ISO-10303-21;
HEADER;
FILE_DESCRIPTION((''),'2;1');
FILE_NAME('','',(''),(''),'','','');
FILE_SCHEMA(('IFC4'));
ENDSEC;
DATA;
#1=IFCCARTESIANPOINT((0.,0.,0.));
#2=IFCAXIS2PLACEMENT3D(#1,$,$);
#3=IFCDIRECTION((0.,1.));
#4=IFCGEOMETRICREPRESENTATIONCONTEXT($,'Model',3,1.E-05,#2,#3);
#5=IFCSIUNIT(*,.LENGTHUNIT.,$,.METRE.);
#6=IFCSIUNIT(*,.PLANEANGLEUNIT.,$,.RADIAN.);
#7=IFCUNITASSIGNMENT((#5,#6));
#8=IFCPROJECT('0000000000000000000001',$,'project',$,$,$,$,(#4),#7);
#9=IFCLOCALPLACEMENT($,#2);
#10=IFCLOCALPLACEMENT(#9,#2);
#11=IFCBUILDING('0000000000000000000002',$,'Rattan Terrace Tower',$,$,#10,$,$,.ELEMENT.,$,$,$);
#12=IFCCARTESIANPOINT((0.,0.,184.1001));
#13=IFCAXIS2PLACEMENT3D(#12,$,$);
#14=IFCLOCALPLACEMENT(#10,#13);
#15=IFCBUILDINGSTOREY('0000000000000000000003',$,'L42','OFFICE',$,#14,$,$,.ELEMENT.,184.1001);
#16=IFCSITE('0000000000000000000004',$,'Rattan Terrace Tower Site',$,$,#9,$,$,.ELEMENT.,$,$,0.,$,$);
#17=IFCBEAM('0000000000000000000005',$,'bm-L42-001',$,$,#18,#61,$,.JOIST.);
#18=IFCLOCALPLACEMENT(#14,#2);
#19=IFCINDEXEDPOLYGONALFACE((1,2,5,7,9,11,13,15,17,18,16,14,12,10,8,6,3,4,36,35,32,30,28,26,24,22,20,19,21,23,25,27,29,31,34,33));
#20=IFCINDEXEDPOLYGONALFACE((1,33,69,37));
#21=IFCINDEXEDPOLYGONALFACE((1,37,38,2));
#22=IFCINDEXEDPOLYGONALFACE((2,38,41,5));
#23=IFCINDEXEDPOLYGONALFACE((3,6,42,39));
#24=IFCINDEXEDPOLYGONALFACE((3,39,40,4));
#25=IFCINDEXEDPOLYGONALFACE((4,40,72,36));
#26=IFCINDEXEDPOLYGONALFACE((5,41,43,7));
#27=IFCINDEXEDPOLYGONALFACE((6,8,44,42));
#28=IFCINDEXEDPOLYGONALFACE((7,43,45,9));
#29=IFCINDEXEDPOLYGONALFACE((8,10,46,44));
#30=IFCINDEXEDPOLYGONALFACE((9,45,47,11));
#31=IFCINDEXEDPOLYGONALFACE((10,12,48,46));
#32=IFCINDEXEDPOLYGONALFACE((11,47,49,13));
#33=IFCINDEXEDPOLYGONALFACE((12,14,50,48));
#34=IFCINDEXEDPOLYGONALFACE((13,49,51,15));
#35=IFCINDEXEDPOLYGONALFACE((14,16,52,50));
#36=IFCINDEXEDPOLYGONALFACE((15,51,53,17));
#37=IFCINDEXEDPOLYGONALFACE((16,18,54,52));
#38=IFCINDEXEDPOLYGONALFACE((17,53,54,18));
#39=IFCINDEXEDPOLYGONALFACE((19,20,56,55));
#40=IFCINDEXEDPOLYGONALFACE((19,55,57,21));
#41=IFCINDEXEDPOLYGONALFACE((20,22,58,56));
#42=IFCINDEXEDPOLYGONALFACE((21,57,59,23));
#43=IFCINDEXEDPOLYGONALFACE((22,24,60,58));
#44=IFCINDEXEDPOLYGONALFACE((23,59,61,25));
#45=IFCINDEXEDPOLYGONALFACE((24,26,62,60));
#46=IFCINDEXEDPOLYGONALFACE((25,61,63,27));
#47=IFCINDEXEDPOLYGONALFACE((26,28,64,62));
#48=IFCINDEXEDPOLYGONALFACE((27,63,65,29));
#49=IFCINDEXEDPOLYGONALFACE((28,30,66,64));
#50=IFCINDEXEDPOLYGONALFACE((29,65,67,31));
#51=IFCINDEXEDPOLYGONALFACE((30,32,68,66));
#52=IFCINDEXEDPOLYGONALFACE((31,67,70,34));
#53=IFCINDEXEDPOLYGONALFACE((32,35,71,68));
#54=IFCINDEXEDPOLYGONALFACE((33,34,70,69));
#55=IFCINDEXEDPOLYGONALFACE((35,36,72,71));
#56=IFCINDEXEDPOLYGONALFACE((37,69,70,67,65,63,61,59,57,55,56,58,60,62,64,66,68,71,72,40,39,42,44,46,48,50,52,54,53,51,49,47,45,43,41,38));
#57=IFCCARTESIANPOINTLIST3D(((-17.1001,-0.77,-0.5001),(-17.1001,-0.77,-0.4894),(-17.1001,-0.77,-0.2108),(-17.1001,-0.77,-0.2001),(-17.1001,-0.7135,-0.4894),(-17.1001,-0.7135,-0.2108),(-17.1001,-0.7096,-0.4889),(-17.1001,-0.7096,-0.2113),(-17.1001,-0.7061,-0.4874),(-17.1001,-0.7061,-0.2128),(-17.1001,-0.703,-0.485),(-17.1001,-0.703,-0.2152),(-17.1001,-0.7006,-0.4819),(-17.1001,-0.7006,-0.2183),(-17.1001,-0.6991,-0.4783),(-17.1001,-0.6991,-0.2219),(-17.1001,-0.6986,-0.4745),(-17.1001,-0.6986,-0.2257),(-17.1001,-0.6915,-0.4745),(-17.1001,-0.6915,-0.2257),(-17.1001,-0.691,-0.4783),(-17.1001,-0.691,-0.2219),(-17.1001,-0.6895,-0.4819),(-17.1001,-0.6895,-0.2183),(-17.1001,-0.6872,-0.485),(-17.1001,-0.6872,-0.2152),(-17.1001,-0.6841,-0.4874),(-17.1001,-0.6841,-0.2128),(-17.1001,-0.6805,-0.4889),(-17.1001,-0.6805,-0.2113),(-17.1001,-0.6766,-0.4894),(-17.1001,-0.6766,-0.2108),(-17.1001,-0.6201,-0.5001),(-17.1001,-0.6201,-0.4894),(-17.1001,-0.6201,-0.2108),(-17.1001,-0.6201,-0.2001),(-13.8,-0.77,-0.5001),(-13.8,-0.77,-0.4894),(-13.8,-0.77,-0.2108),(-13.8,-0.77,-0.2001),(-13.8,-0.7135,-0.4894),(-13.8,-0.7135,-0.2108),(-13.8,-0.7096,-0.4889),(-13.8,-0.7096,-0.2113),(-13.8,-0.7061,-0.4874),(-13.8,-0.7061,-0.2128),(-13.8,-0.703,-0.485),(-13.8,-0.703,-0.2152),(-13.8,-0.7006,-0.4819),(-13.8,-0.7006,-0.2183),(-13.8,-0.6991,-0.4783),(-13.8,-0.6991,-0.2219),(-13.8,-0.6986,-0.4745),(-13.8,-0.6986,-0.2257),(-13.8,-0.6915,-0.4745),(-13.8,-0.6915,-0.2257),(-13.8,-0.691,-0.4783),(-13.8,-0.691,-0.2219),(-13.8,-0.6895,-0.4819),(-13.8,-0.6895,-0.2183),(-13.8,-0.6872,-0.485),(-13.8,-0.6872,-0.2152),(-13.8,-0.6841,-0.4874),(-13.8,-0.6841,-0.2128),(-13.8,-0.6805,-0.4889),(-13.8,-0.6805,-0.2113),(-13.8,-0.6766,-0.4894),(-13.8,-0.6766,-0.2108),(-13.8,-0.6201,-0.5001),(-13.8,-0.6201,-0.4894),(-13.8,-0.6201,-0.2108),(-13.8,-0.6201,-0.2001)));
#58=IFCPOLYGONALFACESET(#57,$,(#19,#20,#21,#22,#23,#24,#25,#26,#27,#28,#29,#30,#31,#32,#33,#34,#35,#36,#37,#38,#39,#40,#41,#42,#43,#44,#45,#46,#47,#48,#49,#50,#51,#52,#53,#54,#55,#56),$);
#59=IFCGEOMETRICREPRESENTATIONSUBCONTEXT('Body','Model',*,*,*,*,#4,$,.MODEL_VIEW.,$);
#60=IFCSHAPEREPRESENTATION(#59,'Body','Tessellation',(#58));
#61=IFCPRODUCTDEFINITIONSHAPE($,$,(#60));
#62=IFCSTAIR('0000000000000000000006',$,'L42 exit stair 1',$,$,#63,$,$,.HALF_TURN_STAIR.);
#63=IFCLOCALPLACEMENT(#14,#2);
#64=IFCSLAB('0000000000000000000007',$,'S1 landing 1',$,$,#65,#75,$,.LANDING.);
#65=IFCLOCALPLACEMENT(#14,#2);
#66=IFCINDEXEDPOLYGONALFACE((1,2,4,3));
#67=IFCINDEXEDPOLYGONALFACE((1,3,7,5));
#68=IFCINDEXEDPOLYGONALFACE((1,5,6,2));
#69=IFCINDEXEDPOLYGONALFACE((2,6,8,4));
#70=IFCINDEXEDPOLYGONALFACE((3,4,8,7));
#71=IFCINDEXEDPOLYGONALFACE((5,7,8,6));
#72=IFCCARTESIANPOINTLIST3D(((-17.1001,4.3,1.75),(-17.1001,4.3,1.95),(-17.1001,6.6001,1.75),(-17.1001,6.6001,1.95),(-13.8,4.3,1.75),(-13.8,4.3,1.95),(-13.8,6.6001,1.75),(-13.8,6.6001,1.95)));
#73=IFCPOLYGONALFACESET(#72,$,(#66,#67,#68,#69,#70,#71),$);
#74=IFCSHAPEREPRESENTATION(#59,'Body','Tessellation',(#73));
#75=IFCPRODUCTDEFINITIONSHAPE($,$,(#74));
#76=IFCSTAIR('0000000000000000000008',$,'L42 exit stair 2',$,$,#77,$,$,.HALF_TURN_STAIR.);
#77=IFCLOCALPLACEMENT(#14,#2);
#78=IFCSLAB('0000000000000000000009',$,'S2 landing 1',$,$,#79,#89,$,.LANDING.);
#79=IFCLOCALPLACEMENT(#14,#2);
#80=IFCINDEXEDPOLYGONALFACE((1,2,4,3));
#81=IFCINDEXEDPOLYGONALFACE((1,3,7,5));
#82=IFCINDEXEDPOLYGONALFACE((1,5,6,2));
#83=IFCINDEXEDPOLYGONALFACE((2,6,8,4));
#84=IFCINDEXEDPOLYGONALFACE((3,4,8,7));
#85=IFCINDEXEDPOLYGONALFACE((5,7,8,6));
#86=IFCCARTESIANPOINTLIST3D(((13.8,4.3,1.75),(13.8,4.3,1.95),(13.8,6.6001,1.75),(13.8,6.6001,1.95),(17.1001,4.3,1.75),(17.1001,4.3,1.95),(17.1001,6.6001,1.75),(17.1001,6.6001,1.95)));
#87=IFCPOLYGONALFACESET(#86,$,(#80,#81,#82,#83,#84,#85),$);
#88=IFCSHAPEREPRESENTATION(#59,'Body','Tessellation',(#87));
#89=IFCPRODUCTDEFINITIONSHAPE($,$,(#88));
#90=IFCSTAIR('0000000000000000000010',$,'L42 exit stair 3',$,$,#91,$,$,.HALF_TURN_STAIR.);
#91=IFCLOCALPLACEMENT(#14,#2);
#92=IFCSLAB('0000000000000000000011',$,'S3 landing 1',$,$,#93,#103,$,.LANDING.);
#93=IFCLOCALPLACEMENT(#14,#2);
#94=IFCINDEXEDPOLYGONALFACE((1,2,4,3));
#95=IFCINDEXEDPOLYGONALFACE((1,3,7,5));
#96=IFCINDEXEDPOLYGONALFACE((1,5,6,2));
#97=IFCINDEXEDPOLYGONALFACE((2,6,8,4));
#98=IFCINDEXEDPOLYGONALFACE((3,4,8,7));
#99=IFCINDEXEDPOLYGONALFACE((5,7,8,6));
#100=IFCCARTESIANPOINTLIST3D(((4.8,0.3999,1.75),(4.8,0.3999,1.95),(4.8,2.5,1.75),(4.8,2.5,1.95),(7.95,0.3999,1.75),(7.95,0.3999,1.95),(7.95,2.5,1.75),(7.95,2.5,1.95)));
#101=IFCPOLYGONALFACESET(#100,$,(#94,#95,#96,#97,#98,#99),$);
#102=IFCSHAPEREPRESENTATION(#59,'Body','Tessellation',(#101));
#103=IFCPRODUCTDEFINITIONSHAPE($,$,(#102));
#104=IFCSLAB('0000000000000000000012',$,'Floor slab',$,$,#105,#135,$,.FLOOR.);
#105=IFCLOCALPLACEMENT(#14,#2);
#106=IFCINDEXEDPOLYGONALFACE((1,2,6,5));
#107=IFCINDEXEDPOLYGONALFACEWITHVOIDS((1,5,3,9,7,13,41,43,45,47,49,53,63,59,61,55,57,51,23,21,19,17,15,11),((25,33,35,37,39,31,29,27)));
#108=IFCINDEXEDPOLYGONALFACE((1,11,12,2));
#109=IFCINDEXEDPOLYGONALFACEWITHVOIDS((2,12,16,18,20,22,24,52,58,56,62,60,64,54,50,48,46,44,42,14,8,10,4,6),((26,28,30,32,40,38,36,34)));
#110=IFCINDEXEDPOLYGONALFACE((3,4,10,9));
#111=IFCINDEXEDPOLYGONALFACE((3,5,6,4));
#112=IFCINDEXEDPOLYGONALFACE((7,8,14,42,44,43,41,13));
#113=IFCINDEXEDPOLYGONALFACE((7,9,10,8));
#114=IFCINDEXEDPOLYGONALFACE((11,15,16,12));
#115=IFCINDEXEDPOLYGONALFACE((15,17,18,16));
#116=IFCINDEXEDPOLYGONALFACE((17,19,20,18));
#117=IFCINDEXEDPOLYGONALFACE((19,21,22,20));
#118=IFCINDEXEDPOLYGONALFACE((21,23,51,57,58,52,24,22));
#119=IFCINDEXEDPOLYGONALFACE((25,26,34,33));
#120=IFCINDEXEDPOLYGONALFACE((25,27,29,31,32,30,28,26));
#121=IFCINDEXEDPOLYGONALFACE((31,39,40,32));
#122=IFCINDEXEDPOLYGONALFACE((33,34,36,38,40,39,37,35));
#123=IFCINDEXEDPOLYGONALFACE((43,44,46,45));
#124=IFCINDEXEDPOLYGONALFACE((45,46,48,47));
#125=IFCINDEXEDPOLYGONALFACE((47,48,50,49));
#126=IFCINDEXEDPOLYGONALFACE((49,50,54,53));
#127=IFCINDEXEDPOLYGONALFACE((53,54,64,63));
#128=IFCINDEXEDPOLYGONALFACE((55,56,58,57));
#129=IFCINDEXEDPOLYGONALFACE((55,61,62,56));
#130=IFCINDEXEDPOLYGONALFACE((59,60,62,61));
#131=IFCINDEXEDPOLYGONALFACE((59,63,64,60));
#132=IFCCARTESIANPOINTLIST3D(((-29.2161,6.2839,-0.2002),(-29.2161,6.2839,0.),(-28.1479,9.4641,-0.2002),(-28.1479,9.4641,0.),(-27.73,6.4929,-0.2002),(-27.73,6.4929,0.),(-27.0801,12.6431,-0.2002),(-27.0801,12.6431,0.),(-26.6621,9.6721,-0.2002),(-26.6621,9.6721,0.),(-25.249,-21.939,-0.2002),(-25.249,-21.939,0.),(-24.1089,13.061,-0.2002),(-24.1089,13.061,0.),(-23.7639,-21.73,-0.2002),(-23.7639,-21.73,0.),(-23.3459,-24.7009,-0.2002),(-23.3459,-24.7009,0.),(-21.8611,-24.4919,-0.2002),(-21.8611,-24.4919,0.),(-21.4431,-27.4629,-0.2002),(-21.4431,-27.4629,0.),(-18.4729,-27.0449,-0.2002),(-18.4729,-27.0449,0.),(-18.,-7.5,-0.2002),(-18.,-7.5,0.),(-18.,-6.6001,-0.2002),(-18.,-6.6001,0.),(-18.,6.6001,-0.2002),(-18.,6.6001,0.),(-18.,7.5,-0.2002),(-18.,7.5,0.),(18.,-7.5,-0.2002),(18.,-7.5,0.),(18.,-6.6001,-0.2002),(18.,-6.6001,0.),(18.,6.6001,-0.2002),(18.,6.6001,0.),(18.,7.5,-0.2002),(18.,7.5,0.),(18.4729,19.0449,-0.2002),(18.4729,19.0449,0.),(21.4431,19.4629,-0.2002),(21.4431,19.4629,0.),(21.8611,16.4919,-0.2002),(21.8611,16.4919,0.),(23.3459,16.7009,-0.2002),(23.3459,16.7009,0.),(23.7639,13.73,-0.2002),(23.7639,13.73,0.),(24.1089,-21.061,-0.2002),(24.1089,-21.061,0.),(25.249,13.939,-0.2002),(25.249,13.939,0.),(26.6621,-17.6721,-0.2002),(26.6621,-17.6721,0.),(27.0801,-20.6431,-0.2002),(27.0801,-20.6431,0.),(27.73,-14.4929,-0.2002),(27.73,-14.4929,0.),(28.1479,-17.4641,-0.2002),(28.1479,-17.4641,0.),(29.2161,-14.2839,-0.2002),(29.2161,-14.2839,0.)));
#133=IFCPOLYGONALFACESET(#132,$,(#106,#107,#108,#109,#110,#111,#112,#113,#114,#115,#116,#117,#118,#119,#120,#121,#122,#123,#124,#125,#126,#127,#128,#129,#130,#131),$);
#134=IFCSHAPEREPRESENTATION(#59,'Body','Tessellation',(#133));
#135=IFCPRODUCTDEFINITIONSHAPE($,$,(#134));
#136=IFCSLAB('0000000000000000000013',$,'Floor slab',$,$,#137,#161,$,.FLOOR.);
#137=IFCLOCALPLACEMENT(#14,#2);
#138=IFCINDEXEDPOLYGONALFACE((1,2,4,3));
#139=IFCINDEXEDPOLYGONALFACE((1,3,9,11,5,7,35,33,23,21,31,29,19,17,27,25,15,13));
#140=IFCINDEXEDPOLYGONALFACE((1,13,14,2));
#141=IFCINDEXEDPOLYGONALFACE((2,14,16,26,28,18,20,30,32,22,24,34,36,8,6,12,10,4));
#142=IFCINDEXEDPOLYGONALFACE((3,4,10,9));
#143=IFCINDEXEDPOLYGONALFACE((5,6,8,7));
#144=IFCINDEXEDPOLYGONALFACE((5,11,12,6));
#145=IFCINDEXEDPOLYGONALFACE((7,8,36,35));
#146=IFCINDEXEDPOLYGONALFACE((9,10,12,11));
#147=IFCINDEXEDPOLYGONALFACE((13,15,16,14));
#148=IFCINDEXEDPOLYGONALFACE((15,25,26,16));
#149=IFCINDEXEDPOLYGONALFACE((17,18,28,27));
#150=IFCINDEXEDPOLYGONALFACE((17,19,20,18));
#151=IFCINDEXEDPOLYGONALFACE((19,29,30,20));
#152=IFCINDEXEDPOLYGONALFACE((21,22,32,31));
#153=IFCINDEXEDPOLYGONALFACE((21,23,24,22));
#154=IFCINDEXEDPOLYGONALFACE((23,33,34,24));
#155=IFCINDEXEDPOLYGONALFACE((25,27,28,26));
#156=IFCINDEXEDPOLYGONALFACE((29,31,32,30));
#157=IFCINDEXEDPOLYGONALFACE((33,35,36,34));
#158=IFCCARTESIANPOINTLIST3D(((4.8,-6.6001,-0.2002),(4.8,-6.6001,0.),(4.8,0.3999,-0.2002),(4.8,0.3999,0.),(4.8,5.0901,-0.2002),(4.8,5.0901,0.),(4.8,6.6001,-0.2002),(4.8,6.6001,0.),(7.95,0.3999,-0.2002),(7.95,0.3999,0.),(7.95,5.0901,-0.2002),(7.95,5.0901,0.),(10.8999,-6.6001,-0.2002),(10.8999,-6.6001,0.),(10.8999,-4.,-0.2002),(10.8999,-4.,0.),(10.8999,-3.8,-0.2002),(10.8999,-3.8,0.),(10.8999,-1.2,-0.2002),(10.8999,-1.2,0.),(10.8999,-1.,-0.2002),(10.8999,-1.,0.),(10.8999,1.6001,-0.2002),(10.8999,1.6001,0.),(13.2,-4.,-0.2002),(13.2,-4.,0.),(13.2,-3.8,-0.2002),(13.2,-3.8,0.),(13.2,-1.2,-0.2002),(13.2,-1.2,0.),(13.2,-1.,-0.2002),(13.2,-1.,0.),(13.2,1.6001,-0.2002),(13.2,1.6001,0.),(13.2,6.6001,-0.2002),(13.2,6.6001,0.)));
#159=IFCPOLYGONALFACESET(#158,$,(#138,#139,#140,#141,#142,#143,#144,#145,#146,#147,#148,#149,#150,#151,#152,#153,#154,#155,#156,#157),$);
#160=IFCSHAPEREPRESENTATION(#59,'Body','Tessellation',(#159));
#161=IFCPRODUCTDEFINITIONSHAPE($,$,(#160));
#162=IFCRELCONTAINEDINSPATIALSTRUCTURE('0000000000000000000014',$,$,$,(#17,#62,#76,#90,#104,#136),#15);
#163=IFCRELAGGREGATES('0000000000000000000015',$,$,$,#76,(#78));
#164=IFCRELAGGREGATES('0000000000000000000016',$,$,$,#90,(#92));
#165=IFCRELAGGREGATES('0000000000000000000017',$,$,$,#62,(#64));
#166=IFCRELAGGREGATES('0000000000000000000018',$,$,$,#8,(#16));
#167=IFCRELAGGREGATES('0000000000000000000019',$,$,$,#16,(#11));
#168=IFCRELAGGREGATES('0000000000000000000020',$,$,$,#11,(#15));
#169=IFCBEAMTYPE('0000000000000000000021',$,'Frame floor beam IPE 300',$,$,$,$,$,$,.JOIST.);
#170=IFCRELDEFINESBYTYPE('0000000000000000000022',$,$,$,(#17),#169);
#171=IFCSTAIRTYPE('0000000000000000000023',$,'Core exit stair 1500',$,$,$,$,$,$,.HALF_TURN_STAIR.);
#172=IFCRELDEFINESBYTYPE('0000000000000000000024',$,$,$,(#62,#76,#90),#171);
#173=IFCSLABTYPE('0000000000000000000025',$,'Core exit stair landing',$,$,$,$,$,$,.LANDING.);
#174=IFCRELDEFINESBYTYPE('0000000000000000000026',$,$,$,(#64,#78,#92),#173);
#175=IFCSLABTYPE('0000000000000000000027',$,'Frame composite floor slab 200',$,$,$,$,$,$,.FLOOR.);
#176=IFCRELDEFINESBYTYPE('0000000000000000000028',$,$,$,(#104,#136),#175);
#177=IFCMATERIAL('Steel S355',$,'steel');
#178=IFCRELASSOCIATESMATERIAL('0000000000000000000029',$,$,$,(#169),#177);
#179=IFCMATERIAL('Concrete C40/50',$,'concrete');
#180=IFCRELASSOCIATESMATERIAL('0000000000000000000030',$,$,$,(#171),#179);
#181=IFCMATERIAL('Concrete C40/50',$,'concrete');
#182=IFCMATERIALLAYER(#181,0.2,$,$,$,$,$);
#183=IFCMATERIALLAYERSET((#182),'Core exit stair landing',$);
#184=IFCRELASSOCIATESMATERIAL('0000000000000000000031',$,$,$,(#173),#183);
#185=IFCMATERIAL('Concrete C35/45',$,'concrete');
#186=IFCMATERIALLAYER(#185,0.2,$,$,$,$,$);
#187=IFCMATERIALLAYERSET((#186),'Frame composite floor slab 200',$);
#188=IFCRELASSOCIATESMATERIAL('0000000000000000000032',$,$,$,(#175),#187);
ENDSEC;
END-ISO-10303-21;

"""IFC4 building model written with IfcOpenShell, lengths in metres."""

from ifc_helpers import new_model, si_unit, direction, frame, origin, origin_2d, place, context, subcontext, project, spatial, polyline, i_section, outline, extrude, material, layer, layer_set, material_profile, profile_set, type_object, element, aggregate, save


model = new_model("IFC4")

# Units and contexts
model_context = context("Model", 3, precision=1e-05, world=origin(), true_north=direction((0.0, 1.0)))
body_context = subcontext(model_context, "Body", "Model", "MODEL_VIEW")
ifc_project = project(units=[si_unit("LENGTHUNIT", "METRE"), si_unit("PLANEANGLEUNIT", "RADIAN")], contexts=[model_context])

# Site, building, storey
site_placement = place(None, origin())
site = spatial("IfcSite", under=ifc_project, at=site_placement, Name="Rattan Terrace Tower Site", CompositionType="ELEMENT", RefElevation=0.0)
building_placement = place(site_placement, origin())
building = spatial("IfcBuilding", under=site, at=building_placement, Name="Rattan Terrace Tower", CompositionType="ELEMENT")
storey_placement = place(building_placement, frame((0.0, 0.0, 184.1001)))
storey = spatial("IfcBuildingStorey", under=building, at=storey_placement, Name="L42", Description="OFFICE", CompositionType="ELEMENT", Elevation=184.1001)

# Beam
ifc_material_1 = material(Name="Steel S355", Category="steel")
ifc_material_profile = material_profile(ifc_material_1, i_section(OverallWidth=0.1499, OverallDepth=0.3, WebThickness=0.0071, FlangeThickness=0.0107, FilletRadius=0.0149, at=origin_2d()), Name="IPE 300")
ifc_profile_set = profile_set([ifc_material_profile], Name="Steel S355")
beam_type = type_object("IfcBeamType", Name="Frame floor beam IPE 300", PredefinedType="JOIST", material=ifc_profile_set)
beam_placement = place(storey_placement, frame((-17.1001, -0.6951, -0.3501), z_axis=(1.0, 0.0, 0.0), x_axis=(0.0, 1.0, 0.0)))
element("IfcBeam", 1, at=beam_placement, inside=storey, type_object=beam_type, Name="bm-L42-001", PredefinedType="JOIST", context=body_context, shape_type="SweptSolid", body=[
    extrude(i_section(OverallWidth=0.1499, OverallDepth=0.3, WebThickness=0.0071, FlangeThickness=0.0107, FilletRadius=0.0149, at=origin_2d()), origin(), (0.0, 0.0, 1.0), 3.3),
])

# Stairs, slabs
ifc_material_2 = material(Name="Concrete C40/50", Category="concrete")
stair_type = type_object("IfcStairType", Name="Core exit stair 1500", PredefinedType="HALF_TURN_STAIR", material=ifc_material_2)
stair_1_placement = place(storey_placement, origin())
stair_1 = element("IfcStair", 2, at=stair_1_placement, inside=storey, type_object=stair_type, Name="L42 exit stair 1", PredefinedType="HALF_TURN_STAIR")
ifc_material_3 = material(Name="Concrete C40/50", Category="concrete")
ifc_layer_1 = layer(ifc_material_3, 0.2)
ifc_layer_set_1 = layer_set([ifc_layer_1], Name="Core exit stair landing")
slab_type_1 = type_object("IfcSlabType", Name="Core exit stair landing", PredefinedType="LANDING", material=ifc_layer_set_1)
slab_1_placement = place(storey_placement, frame((0.0, 0.0, 1.75)))
slab_1 = element("IfcSlab", 3, at=slab_1_placement, type_object=slab_type_1, Name="S1 landing 1", PredefinedType="LANDING", context=body_context, shape_type="SweptSolid", body=[
    extrude(outline(polyline([(-13.8, 4.3), (-13.8, 6.6001), (-17.1001, 6.6001), (-17.1001, 4.3), (-13.8, 4.3)])), origin(), (0.0, 0.0, 1.0), 0.2),
])
stair_2_placement = place(storey_placement, origin())
stair_2 = element("IfcStair", 4, at=stair_2_placement, inside=storey, type_object=stair_type, Name="L42 exit stair 2", PredefinedType="HALF_TURN_STAIR")
slab_2_placement = place(storey_placement, frame((0.0, 0.0, 1.75)))
slab_2 = element("IfcSlab", 5, at=slab_2_placement, type_object=slab_type_1, Name="S2 landing 1", PredefinedType="LANDING", context=body_context, shape_type="SweptSolid", body=[
    extrude(outline(polyline([(17.1001, 4.3), (17.1001, 6.6001), (13.8, 6.6001), (13.8, 4.3), (17.1001, 4.3)])), origin(), (0.0, 0.0, 1.0), 0.2),
])
aggregate(stair_2, [slab_2])
stair_3_placement = place(storey_placement, origin())
stair_3 = element("IfcStair", 6, at=stair_3_placement, inside=storey, type_object=stair_type, Name="L42 exit stair 3", PredefinedType="HALF_TURN_STAIR")
slab_3_placement = place(storey_placement, frame((0.0, 0.0, 1.75)))
slab_3 = element("IfcSlab", 7, at=slab_3_placement, type_object=slab_type_1, Name="S3 landing 1", PredefinedType="LANDING", context=body_context, shape_type="SweptSolid", body=[
    extrude(outline(polyline([(4.8, 2.5), (4.8, 0.3999), (7.95, 0.3999), (7.95, 2.5), (4.8, 2.5)])), origin(), (0.0, 0.0, 1.0), 0.2),
])
aggregate(stair_3, [slab_3])

# Slabs
ifc_material_4 = material(Name="Concrete C35/45", Category="concrete")
ifc_layer_2 = layer(ifc_material_4, 0.2)
ifc_layer_set_2 = layer_set([ifc_layer_2], Name="Frame composite floor slab 200")
slab_type_2 = type_object("IfcSlabType", Name="Frame composite floor slab 200", PredefinedType="FLOOR", material=ifc_layer_set_2)
slab_4_placement = place(storey_placement, frame((0.0, 0.0, -0.2002)))
element("IfcSlab", 8, at=slab_4_placement, inside=storey, type_object=slab_type_2, Name="Floor slab", PredefinedType="FLOOR", context=body_context, shape_type="SweptSolid", body=[
    extrude(outline(polyline([(-18.4729, -27.0449), (24.1089, -21.061), (27.0801, -20.6431), (26.6621, -17.6721), (28.1479, -17.4641), (27.73, -14.4929), (29.2161, -14.2839), (25.249, 13.939), (23.7639, 13.73), (23.3459, 16.7009), (21.8611, 16.4919), (21.4431, 19.4629), (18.4729, 19.0449), (-24.1089, 13.061), (-27.0801, 12.6431), (-26.6621, 9.6721), (-28.1479, 9.4641), (-27.73, 6.4929), (-29.2161, 6.2839), (-25.249, -21.939), (-23.7639, -21.73), (-23.3459, -24.7009), (-21.8611, -24.4919), (-21.4431, -27.4629), (-18.4729, -27.0449)]), holes=[polyline([(-18.0, -7.5), (18.0, -7.5), (18.0, -6.6001), (18.0, 6.6001), (18.0, 7.5), (-18.0, 7.5), (-18.0, 6.6001), (-18.0, -6.6001), (-18.0, -7.5)])]), origin(), (0.0, 0.0, 1.0), 0.2002),
])
slab_5_placement = place(storey_placement, frame((0.0, 0.0, -0.2002)))
element("IfcSlab", 9, at=slab_5_placement, inside=storey, type_object=slab_type_2, Name="Floor slab", PredefinedType="FLOOR", context=body_context, shape_type="SweptSolid", body=[
    extrude(outline(polyline([(13.2, 6.6001), (4.8, 6.6001), (4.8, 5.0901), (7.95, 5.0901), (7.95, 0.3999), (4.8, 0.3999), (4.8, -6.6001), (10.8999, -6.6001), (10.8999, -4.0), (13.2, -4.0), (13.2, -3.8), (10.8999, -3.8), (10.8999, -1.2), (13.2, -1.2), (13.2, -1.0), (10.8999, -1.0), (10.8999, 1.6001), (13.2, 1.6001), (13.2, 6.6001)])), origin(), (0.0, 0.0, 1.0), 0.2002),
])

aggregate(stair_1, [slab_1])

save(model, "model.ifc")
